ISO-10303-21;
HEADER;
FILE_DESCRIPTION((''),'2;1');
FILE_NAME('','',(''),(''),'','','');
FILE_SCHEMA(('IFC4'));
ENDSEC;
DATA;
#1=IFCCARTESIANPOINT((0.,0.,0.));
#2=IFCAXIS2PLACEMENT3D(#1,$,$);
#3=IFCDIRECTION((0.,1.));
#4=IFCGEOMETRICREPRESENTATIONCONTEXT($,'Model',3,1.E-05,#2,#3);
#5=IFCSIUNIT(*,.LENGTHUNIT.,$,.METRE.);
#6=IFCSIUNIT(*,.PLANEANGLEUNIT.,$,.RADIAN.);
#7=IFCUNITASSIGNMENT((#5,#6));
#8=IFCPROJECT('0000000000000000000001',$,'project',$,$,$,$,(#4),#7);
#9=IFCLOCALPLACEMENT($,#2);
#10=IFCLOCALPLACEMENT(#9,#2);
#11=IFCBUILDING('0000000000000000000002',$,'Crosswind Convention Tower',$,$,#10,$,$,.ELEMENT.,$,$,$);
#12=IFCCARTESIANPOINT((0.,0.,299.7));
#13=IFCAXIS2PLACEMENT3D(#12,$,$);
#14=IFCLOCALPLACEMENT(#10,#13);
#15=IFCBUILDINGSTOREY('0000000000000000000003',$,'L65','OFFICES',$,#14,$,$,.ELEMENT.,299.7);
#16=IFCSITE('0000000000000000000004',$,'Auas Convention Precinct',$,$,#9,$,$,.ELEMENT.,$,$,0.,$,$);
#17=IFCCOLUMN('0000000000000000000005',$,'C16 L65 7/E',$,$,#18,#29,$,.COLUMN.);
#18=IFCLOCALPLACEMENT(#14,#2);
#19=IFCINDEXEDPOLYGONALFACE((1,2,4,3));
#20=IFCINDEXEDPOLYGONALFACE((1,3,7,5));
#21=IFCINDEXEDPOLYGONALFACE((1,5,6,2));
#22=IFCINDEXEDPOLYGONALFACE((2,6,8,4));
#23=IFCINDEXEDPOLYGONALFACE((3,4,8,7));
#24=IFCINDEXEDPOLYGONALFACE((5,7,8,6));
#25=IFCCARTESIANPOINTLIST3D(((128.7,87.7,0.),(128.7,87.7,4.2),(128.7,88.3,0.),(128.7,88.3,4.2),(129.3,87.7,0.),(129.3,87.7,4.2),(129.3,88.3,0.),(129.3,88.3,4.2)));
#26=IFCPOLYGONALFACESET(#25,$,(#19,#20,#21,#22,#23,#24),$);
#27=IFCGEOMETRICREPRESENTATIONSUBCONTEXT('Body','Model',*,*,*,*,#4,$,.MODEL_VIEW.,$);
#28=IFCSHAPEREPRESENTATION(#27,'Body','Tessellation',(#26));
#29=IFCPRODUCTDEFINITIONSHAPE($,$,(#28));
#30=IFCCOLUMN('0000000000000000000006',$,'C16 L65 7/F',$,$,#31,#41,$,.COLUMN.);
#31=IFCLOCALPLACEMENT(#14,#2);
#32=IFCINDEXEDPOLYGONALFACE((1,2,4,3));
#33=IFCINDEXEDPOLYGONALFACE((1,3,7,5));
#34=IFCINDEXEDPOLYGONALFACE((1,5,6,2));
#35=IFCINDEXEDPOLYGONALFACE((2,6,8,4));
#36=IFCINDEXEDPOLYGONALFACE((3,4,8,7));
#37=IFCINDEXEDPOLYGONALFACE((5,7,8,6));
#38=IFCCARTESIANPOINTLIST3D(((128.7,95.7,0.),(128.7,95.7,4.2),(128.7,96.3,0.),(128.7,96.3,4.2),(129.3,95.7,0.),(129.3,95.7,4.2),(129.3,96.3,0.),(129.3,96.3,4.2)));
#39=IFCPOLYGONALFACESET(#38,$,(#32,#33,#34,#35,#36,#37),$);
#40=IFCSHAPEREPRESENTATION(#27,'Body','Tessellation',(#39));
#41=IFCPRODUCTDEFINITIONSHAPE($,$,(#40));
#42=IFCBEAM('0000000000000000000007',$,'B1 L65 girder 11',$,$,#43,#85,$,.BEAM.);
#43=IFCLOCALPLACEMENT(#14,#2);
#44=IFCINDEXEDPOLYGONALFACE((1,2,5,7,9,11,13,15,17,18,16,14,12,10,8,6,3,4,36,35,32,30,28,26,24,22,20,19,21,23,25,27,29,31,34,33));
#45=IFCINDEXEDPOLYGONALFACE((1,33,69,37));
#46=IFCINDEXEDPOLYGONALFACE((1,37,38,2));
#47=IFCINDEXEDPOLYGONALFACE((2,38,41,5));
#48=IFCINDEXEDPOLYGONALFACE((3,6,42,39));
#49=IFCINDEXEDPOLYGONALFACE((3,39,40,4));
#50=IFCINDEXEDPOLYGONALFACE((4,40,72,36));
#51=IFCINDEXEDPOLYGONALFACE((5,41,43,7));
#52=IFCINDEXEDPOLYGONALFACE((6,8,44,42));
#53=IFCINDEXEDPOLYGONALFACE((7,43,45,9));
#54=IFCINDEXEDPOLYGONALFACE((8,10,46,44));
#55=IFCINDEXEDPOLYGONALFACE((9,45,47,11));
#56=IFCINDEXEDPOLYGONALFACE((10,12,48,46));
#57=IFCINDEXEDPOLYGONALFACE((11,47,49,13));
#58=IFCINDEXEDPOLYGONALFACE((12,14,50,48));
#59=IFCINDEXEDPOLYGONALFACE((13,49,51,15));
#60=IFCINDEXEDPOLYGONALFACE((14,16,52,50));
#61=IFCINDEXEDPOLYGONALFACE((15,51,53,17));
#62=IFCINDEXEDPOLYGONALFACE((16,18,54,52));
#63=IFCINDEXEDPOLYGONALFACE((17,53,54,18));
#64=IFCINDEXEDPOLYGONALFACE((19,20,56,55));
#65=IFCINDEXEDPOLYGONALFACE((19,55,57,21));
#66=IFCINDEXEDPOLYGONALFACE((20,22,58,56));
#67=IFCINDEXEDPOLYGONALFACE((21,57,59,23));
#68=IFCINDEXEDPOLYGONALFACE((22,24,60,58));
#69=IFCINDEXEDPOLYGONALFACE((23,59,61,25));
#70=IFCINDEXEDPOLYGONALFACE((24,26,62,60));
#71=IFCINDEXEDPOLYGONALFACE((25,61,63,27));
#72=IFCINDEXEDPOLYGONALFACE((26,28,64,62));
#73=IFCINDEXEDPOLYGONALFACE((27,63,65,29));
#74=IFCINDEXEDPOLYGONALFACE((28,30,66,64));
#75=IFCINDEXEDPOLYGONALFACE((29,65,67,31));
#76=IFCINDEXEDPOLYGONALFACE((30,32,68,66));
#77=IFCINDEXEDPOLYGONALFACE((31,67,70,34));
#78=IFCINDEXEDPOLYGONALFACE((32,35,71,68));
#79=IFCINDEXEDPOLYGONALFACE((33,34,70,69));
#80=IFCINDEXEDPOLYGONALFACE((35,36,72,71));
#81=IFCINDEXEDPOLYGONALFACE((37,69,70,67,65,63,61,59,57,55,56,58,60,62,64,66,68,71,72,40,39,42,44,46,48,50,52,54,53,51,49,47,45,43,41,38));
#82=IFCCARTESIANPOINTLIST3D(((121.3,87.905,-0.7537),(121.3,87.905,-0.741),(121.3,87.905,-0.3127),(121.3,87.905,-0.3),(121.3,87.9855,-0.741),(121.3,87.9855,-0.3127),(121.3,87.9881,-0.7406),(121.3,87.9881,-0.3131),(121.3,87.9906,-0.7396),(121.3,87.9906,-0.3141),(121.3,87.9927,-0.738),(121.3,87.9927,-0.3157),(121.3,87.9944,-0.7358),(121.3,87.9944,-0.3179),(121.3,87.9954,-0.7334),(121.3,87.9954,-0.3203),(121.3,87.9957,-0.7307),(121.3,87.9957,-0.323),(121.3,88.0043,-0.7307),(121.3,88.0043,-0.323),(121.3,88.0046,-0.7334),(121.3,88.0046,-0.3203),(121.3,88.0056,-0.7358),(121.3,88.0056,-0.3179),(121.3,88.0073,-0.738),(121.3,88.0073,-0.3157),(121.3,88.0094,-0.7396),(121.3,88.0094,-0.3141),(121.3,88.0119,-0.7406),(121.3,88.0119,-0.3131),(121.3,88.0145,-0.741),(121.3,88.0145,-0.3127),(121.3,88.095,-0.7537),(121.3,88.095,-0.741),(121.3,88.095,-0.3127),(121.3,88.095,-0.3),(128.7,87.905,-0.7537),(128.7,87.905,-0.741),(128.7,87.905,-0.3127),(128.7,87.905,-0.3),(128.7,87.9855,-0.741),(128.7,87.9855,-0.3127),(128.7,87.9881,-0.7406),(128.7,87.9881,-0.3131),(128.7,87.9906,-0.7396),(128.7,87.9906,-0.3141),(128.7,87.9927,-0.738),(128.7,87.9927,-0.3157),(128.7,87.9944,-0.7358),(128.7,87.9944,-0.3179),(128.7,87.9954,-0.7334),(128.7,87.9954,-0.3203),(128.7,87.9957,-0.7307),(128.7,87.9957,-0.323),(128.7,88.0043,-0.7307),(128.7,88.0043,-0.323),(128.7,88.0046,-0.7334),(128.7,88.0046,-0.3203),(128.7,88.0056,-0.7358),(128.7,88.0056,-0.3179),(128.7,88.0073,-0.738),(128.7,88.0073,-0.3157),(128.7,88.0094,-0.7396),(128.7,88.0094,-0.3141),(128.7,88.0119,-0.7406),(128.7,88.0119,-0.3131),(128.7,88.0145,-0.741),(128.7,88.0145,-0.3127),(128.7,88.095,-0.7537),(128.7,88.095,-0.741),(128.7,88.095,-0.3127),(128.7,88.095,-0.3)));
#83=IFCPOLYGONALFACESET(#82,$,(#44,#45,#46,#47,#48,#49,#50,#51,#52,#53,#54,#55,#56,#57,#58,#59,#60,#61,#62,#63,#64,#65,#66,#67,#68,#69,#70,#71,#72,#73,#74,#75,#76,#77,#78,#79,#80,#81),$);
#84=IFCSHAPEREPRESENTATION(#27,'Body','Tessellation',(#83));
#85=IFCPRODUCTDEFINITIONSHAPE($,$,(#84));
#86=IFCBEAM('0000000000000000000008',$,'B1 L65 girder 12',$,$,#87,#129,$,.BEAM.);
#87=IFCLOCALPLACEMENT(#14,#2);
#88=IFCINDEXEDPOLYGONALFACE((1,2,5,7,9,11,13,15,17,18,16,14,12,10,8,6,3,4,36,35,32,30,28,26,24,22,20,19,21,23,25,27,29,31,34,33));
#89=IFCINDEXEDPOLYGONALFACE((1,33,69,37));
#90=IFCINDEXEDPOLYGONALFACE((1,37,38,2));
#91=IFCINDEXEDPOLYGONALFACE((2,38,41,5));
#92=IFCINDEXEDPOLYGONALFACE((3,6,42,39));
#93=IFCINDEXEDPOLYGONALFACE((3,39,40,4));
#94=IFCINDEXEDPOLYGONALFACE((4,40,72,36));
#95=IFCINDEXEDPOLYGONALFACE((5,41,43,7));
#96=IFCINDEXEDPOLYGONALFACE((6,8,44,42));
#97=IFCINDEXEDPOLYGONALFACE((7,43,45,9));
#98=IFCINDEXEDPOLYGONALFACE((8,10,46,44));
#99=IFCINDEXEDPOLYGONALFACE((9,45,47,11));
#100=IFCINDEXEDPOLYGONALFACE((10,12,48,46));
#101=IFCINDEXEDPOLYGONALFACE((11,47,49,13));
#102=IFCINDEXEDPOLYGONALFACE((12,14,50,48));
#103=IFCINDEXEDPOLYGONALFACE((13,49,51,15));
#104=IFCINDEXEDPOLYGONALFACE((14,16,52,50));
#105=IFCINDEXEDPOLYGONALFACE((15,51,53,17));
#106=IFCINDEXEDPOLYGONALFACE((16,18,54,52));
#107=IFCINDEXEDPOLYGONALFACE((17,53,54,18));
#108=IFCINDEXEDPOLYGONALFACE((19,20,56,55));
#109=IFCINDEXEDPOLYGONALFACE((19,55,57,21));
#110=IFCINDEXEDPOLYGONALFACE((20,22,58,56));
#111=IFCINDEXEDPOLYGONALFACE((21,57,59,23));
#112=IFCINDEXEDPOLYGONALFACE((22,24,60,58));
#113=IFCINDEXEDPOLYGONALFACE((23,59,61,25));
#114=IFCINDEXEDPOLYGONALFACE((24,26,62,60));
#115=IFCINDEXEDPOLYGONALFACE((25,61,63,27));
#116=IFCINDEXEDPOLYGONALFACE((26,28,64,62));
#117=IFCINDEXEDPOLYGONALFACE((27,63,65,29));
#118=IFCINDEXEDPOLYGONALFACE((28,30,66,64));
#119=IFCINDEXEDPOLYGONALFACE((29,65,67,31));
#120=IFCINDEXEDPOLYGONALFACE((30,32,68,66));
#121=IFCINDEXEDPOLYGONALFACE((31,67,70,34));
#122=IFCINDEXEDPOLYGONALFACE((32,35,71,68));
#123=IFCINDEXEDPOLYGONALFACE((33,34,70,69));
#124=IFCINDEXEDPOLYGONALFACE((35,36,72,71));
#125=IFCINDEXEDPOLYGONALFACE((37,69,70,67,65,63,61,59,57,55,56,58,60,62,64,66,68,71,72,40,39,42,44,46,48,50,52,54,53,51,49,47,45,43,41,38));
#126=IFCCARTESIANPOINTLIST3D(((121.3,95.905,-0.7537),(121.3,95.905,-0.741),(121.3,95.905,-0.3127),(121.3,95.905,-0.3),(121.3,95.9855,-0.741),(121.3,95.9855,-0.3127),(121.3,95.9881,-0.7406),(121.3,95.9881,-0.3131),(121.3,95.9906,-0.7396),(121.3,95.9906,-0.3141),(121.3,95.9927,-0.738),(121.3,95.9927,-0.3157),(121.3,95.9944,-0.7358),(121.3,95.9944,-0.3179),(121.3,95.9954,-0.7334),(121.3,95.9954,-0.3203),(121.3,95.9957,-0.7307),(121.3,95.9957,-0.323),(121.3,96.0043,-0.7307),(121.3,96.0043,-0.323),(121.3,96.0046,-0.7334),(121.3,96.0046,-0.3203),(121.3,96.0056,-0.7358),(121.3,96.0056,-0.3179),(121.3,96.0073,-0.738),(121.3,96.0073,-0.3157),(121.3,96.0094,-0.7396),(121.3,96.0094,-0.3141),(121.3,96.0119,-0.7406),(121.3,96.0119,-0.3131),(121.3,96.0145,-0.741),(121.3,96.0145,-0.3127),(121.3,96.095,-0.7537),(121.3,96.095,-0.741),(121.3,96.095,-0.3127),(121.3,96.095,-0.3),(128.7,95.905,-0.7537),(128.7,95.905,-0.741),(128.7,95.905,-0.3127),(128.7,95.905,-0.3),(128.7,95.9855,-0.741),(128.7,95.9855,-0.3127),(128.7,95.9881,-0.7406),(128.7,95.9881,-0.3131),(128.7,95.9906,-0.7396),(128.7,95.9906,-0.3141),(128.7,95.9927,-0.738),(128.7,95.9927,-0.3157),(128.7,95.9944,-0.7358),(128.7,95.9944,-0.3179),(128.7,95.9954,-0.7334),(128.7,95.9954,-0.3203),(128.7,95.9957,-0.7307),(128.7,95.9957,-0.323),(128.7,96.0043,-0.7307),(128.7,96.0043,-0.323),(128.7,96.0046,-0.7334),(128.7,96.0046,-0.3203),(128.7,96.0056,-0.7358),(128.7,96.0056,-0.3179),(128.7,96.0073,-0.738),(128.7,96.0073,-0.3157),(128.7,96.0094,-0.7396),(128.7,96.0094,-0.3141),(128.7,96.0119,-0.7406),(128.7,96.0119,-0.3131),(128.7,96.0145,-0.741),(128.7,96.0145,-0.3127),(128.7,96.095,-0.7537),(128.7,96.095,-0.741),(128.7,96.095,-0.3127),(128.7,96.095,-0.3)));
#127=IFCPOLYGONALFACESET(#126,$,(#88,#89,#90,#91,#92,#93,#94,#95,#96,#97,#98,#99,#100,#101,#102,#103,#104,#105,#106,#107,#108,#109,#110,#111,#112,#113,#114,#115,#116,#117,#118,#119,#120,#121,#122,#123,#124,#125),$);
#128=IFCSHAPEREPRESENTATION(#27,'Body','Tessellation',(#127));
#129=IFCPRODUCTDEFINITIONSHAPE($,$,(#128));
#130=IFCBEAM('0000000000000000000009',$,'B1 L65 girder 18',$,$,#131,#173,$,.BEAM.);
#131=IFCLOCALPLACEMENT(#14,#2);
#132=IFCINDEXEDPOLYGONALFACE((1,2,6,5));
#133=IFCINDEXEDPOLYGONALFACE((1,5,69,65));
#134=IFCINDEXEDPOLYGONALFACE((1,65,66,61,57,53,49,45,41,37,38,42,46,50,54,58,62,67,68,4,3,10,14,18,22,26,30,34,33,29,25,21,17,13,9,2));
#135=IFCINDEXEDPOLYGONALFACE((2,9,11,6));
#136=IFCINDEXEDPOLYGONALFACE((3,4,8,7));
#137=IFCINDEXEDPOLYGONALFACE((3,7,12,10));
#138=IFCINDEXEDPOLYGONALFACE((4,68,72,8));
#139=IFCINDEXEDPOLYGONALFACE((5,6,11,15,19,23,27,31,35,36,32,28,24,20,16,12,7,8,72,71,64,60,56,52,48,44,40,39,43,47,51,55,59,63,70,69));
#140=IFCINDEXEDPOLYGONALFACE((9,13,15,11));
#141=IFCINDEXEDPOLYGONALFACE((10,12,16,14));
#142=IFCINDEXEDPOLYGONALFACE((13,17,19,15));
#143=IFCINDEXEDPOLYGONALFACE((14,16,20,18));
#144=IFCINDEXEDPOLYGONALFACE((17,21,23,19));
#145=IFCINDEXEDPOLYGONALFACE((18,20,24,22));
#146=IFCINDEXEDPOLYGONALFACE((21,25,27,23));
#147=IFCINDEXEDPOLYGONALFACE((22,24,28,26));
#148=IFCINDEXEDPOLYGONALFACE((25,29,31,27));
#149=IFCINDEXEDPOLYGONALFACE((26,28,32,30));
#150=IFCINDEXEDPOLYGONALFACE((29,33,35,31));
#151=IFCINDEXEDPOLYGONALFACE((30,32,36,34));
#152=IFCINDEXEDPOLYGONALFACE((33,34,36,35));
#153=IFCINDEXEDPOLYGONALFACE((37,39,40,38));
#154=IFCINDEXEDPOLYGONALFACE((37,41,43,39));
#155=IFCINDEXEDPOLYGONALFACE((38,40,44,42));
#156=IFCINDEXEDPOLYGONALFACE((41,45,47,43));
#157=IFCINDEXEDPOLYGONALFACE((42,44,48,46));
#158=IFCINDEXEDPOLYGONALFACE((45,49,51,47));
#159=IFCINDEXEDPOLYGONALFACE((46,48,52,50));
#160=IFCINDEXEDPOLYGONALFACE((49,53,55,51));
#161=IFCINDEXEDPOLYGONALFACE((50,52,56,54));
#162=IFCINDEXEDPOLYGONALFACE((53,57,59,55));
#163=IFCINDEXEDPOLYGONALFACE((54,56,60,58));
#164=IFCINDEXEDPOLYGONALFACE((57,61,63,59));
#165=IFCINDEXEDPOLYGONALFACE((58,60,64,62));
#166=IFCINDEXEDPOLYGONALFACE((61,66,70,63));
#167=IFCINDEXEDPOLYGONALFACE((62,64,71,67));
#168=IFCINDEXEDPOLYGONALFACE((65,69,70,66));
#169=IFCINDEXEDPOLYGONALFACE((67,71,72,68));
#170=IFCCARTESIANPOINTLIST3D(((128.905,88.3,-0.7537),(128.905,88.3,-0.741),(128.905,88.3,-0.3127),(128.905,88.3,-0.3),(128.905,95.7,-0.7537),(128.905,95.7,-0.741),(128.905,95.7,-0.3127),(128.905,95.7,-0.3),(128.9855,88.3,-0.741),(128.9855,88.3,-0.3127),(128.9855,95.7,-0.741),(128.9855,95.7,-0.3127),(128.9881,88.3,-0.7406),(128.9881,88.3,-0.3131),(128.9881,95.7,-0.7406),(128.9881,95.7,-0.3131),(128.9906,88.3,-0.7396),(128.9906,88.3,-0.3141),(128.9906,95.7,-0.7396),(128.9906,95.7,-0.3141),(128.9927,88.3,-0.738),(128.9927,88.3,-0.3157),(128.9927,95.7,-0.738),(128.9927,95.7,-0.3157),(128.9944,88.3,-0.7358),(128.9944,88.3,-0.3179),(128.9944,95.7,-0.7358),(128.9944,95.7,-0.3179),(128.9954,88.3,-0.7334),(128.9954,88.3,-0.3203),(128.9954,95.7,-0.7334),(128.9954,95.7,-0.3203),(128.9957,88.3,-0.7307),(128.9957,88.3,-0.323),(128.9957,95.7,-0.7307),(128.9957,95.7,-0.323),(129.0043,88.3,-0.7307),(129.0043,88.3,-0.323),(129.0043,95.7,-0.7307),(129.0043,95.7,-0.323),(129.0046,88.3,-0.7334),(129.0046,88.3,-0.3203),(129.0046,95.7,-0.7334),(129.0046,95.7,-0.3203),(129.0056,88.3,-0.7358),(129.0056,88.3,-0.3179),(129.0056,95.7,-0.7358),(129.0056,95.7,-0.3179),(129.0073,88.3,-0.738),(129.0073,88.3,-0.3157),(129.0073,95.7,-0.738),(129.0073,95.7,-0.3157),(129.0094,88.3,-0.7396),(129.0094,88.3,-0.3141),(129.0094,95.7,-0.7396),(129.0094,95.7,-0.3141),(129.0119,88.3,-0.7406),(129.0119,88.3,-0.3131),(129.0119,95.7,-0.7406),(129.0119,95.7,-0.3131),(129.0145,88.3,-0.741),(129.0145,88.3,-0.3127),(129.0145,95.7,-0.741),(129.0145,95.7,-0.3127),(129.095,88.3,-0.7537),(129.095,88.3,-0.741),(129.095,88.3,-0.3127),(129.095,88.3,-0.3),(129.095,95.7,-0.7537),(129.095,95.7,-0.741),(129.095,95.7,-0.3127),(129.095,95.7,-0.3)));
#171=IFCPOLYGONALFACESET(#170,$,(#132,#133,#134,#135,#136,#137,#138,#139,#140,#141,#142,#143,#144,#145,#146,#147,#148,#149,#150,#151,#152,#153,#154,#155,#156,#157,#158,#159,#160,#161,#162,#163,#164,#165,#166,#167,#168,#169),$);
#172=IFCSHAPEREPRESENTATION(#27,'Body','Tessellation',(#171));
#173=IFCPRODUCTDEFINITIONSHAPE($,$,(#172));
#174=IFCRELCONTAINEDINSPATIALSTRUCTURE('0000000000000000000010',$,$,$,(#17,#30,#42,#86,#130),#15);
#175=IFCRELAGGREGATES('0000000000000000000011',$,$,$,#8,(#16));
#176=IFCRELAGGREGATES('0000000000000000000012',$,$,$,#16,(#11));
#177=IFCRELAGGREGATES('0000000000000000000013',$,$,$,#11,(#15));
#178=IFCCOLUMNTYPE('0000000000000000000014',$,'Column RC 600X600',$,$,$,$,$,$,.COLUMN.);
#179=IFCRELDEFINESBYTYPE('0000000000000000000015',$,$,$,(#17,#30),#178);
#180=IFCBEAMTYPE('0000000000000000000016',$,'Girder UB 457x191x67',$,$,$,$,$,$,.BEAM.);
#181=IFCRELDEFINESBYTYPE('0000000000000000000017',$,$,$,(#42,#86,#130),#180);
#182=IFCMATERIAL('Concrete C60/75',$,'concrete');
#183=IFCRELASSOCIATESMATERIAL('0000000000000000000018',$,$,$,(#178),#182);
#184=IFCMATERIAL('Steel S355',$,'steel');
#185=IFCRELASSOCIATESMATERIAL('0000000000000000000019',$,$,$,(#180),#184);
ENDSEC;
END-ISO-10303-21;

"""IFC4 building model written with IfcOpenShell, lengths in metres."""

from ifc_helpers import new_model, si_unit, direction, frame, origin, origin_2d, place, context, subcontext, project, spatial, rectangle, i_section, extrude, material, material_profile, profile_set, type_object, element, save


model = new_model("IFC4")

# Units and contexts
model_context = context("Model", 3, precision=1e-05, world=origin(), true_north=direction((0.0, 1.0)))
body_context = subcontext(model_context, "Body", "Model", "MODEL_VIEW")
ifc_project = project(units=[si_unit("LENGTHUNIT", "METRE"), si_unit("PLANEANGLEUNIT", "RADIAN")], contexts=[model_context])

# Site, building, storey
site_placement = place(None, origin())
site = spatial("IfcSite", under=ifc_project, at=site_placement, Name="Auas Convention Precinct", CompositionType="ELEMENT", RefElevation=0.0)
building_placement = place(site_placement, origin())
building = spatial("IfcBuilding", under=site, at=building_placement, Name="Crosswind Convention Tower", CompositionType="ELEMENT")
storey_placement = place(building_placement, frame((0.0, 0.0, 299.7)))
storey = spatial("IfcBuildingStorey", under=building, at=storey_placement, Name="L65", Description="OFFICES", CompositionType="ELEMENT", Elevation=299.7)

# Columns
ifc_material_1 = material(Name="Concrete C60/75", Category="concrete")
ifc_material_profile_1 = material_profile(ifc_material_1, rectangle(XDim=0.6001, YDim=0.6001, at=origin_2d()), Name="RC 600X600")
ifc_profile_set_1 = profile_set([ifc_material_profile_1], Name="Concrete C60/75")
column_type = type_object("IfcColumnType", Name="Column RC 600X600", PredefinedType="COLUMN", material=ifc_profile_set_1)
for number, where, z_axis, x_axis, name in (
    (1, (129.0, 88.0, 0.0), (0.0, 0.0, 1.0), (1.0, 0.0, 0.0), "C16 L65 7/E"),
    (2, (129.0, 96.0, 0.0), (0.0, 0.0, 1.0), (1.0, 0.0, 0.0), "C16 L65 7/F"),
):
    element("IfcColumn", number, at=place(storey_placement, frame(where, z_axis=z_axis, x_axis=x_axis)), inside=storey, type_object=column_type, Name=name, PredefinedType="COLUMN", context=body_context, shape_type="SweptSolid", body=[
        extrude(rectangle(XDim=0.6001, YDim=0.6001, at=origin_2d()), origin(), (0.0, 0.0, 1.0), 4.2),
    ])

# Beams
ifc_material_2 = material(Name="Steel S355", Category="steel")
ifc_material_profile_2 = material_profile(ifc_material_2, i_section(OverallWidth=0.1899, OverallDepth=0.4536, WebThickness=0.0085, FlangeThickness=0.0127, FilletRadius=0.0103, at=origin_2d()), Name="UB 457x191x67")
ifc_profile_set_2 = profile_set([ifc_material_profile_2], Name="Steel S355")
beam_type_1 = type_object("IfcBeamType", Name="Girder UB 457x191x67", PredefinedType="BEAM", material=ifc_profile_set_2)
for number, where, z_axis, x_axis, name in (
    (3, (121.3, 88.0, -0.5269), (1.0, 0.0, 0.0), (0.0, 1.0, 0.0), "B1 L65 girder 11"),
    (4, (121.3, 96.0, -0.5269), (1.0, 0.0, 0.0), (0.0, 1.0, 0.0), "B1 L65 girder 12"),
    (5, (129.0, 88.3, -0.5269), (0.0, 1.0, 0.0), (-1.0, 0.0, 0.0), "B1 L65 girder 18"),
):
    element("IfcBeam", number, at=place(storey_placement, frame(where, z_axis=z_axis, x_axis=x_axis)), inside=storey, type_object=beam_type_1, Name=name, PredefinedType="BEAM", context=body_context, shape_type="SweptSolid", body=[
        extrude(i_section(OverallWidth=0.1899, OverallDepth=0.4536, WebThickness=0.0085, FlangeThickness=0.0127, FilletRadius=0.0103, at=origin_2d()), origin(), (0.0, 0.0, 1.0), 7.3999),
    ])

save(model, "model.ifc")
